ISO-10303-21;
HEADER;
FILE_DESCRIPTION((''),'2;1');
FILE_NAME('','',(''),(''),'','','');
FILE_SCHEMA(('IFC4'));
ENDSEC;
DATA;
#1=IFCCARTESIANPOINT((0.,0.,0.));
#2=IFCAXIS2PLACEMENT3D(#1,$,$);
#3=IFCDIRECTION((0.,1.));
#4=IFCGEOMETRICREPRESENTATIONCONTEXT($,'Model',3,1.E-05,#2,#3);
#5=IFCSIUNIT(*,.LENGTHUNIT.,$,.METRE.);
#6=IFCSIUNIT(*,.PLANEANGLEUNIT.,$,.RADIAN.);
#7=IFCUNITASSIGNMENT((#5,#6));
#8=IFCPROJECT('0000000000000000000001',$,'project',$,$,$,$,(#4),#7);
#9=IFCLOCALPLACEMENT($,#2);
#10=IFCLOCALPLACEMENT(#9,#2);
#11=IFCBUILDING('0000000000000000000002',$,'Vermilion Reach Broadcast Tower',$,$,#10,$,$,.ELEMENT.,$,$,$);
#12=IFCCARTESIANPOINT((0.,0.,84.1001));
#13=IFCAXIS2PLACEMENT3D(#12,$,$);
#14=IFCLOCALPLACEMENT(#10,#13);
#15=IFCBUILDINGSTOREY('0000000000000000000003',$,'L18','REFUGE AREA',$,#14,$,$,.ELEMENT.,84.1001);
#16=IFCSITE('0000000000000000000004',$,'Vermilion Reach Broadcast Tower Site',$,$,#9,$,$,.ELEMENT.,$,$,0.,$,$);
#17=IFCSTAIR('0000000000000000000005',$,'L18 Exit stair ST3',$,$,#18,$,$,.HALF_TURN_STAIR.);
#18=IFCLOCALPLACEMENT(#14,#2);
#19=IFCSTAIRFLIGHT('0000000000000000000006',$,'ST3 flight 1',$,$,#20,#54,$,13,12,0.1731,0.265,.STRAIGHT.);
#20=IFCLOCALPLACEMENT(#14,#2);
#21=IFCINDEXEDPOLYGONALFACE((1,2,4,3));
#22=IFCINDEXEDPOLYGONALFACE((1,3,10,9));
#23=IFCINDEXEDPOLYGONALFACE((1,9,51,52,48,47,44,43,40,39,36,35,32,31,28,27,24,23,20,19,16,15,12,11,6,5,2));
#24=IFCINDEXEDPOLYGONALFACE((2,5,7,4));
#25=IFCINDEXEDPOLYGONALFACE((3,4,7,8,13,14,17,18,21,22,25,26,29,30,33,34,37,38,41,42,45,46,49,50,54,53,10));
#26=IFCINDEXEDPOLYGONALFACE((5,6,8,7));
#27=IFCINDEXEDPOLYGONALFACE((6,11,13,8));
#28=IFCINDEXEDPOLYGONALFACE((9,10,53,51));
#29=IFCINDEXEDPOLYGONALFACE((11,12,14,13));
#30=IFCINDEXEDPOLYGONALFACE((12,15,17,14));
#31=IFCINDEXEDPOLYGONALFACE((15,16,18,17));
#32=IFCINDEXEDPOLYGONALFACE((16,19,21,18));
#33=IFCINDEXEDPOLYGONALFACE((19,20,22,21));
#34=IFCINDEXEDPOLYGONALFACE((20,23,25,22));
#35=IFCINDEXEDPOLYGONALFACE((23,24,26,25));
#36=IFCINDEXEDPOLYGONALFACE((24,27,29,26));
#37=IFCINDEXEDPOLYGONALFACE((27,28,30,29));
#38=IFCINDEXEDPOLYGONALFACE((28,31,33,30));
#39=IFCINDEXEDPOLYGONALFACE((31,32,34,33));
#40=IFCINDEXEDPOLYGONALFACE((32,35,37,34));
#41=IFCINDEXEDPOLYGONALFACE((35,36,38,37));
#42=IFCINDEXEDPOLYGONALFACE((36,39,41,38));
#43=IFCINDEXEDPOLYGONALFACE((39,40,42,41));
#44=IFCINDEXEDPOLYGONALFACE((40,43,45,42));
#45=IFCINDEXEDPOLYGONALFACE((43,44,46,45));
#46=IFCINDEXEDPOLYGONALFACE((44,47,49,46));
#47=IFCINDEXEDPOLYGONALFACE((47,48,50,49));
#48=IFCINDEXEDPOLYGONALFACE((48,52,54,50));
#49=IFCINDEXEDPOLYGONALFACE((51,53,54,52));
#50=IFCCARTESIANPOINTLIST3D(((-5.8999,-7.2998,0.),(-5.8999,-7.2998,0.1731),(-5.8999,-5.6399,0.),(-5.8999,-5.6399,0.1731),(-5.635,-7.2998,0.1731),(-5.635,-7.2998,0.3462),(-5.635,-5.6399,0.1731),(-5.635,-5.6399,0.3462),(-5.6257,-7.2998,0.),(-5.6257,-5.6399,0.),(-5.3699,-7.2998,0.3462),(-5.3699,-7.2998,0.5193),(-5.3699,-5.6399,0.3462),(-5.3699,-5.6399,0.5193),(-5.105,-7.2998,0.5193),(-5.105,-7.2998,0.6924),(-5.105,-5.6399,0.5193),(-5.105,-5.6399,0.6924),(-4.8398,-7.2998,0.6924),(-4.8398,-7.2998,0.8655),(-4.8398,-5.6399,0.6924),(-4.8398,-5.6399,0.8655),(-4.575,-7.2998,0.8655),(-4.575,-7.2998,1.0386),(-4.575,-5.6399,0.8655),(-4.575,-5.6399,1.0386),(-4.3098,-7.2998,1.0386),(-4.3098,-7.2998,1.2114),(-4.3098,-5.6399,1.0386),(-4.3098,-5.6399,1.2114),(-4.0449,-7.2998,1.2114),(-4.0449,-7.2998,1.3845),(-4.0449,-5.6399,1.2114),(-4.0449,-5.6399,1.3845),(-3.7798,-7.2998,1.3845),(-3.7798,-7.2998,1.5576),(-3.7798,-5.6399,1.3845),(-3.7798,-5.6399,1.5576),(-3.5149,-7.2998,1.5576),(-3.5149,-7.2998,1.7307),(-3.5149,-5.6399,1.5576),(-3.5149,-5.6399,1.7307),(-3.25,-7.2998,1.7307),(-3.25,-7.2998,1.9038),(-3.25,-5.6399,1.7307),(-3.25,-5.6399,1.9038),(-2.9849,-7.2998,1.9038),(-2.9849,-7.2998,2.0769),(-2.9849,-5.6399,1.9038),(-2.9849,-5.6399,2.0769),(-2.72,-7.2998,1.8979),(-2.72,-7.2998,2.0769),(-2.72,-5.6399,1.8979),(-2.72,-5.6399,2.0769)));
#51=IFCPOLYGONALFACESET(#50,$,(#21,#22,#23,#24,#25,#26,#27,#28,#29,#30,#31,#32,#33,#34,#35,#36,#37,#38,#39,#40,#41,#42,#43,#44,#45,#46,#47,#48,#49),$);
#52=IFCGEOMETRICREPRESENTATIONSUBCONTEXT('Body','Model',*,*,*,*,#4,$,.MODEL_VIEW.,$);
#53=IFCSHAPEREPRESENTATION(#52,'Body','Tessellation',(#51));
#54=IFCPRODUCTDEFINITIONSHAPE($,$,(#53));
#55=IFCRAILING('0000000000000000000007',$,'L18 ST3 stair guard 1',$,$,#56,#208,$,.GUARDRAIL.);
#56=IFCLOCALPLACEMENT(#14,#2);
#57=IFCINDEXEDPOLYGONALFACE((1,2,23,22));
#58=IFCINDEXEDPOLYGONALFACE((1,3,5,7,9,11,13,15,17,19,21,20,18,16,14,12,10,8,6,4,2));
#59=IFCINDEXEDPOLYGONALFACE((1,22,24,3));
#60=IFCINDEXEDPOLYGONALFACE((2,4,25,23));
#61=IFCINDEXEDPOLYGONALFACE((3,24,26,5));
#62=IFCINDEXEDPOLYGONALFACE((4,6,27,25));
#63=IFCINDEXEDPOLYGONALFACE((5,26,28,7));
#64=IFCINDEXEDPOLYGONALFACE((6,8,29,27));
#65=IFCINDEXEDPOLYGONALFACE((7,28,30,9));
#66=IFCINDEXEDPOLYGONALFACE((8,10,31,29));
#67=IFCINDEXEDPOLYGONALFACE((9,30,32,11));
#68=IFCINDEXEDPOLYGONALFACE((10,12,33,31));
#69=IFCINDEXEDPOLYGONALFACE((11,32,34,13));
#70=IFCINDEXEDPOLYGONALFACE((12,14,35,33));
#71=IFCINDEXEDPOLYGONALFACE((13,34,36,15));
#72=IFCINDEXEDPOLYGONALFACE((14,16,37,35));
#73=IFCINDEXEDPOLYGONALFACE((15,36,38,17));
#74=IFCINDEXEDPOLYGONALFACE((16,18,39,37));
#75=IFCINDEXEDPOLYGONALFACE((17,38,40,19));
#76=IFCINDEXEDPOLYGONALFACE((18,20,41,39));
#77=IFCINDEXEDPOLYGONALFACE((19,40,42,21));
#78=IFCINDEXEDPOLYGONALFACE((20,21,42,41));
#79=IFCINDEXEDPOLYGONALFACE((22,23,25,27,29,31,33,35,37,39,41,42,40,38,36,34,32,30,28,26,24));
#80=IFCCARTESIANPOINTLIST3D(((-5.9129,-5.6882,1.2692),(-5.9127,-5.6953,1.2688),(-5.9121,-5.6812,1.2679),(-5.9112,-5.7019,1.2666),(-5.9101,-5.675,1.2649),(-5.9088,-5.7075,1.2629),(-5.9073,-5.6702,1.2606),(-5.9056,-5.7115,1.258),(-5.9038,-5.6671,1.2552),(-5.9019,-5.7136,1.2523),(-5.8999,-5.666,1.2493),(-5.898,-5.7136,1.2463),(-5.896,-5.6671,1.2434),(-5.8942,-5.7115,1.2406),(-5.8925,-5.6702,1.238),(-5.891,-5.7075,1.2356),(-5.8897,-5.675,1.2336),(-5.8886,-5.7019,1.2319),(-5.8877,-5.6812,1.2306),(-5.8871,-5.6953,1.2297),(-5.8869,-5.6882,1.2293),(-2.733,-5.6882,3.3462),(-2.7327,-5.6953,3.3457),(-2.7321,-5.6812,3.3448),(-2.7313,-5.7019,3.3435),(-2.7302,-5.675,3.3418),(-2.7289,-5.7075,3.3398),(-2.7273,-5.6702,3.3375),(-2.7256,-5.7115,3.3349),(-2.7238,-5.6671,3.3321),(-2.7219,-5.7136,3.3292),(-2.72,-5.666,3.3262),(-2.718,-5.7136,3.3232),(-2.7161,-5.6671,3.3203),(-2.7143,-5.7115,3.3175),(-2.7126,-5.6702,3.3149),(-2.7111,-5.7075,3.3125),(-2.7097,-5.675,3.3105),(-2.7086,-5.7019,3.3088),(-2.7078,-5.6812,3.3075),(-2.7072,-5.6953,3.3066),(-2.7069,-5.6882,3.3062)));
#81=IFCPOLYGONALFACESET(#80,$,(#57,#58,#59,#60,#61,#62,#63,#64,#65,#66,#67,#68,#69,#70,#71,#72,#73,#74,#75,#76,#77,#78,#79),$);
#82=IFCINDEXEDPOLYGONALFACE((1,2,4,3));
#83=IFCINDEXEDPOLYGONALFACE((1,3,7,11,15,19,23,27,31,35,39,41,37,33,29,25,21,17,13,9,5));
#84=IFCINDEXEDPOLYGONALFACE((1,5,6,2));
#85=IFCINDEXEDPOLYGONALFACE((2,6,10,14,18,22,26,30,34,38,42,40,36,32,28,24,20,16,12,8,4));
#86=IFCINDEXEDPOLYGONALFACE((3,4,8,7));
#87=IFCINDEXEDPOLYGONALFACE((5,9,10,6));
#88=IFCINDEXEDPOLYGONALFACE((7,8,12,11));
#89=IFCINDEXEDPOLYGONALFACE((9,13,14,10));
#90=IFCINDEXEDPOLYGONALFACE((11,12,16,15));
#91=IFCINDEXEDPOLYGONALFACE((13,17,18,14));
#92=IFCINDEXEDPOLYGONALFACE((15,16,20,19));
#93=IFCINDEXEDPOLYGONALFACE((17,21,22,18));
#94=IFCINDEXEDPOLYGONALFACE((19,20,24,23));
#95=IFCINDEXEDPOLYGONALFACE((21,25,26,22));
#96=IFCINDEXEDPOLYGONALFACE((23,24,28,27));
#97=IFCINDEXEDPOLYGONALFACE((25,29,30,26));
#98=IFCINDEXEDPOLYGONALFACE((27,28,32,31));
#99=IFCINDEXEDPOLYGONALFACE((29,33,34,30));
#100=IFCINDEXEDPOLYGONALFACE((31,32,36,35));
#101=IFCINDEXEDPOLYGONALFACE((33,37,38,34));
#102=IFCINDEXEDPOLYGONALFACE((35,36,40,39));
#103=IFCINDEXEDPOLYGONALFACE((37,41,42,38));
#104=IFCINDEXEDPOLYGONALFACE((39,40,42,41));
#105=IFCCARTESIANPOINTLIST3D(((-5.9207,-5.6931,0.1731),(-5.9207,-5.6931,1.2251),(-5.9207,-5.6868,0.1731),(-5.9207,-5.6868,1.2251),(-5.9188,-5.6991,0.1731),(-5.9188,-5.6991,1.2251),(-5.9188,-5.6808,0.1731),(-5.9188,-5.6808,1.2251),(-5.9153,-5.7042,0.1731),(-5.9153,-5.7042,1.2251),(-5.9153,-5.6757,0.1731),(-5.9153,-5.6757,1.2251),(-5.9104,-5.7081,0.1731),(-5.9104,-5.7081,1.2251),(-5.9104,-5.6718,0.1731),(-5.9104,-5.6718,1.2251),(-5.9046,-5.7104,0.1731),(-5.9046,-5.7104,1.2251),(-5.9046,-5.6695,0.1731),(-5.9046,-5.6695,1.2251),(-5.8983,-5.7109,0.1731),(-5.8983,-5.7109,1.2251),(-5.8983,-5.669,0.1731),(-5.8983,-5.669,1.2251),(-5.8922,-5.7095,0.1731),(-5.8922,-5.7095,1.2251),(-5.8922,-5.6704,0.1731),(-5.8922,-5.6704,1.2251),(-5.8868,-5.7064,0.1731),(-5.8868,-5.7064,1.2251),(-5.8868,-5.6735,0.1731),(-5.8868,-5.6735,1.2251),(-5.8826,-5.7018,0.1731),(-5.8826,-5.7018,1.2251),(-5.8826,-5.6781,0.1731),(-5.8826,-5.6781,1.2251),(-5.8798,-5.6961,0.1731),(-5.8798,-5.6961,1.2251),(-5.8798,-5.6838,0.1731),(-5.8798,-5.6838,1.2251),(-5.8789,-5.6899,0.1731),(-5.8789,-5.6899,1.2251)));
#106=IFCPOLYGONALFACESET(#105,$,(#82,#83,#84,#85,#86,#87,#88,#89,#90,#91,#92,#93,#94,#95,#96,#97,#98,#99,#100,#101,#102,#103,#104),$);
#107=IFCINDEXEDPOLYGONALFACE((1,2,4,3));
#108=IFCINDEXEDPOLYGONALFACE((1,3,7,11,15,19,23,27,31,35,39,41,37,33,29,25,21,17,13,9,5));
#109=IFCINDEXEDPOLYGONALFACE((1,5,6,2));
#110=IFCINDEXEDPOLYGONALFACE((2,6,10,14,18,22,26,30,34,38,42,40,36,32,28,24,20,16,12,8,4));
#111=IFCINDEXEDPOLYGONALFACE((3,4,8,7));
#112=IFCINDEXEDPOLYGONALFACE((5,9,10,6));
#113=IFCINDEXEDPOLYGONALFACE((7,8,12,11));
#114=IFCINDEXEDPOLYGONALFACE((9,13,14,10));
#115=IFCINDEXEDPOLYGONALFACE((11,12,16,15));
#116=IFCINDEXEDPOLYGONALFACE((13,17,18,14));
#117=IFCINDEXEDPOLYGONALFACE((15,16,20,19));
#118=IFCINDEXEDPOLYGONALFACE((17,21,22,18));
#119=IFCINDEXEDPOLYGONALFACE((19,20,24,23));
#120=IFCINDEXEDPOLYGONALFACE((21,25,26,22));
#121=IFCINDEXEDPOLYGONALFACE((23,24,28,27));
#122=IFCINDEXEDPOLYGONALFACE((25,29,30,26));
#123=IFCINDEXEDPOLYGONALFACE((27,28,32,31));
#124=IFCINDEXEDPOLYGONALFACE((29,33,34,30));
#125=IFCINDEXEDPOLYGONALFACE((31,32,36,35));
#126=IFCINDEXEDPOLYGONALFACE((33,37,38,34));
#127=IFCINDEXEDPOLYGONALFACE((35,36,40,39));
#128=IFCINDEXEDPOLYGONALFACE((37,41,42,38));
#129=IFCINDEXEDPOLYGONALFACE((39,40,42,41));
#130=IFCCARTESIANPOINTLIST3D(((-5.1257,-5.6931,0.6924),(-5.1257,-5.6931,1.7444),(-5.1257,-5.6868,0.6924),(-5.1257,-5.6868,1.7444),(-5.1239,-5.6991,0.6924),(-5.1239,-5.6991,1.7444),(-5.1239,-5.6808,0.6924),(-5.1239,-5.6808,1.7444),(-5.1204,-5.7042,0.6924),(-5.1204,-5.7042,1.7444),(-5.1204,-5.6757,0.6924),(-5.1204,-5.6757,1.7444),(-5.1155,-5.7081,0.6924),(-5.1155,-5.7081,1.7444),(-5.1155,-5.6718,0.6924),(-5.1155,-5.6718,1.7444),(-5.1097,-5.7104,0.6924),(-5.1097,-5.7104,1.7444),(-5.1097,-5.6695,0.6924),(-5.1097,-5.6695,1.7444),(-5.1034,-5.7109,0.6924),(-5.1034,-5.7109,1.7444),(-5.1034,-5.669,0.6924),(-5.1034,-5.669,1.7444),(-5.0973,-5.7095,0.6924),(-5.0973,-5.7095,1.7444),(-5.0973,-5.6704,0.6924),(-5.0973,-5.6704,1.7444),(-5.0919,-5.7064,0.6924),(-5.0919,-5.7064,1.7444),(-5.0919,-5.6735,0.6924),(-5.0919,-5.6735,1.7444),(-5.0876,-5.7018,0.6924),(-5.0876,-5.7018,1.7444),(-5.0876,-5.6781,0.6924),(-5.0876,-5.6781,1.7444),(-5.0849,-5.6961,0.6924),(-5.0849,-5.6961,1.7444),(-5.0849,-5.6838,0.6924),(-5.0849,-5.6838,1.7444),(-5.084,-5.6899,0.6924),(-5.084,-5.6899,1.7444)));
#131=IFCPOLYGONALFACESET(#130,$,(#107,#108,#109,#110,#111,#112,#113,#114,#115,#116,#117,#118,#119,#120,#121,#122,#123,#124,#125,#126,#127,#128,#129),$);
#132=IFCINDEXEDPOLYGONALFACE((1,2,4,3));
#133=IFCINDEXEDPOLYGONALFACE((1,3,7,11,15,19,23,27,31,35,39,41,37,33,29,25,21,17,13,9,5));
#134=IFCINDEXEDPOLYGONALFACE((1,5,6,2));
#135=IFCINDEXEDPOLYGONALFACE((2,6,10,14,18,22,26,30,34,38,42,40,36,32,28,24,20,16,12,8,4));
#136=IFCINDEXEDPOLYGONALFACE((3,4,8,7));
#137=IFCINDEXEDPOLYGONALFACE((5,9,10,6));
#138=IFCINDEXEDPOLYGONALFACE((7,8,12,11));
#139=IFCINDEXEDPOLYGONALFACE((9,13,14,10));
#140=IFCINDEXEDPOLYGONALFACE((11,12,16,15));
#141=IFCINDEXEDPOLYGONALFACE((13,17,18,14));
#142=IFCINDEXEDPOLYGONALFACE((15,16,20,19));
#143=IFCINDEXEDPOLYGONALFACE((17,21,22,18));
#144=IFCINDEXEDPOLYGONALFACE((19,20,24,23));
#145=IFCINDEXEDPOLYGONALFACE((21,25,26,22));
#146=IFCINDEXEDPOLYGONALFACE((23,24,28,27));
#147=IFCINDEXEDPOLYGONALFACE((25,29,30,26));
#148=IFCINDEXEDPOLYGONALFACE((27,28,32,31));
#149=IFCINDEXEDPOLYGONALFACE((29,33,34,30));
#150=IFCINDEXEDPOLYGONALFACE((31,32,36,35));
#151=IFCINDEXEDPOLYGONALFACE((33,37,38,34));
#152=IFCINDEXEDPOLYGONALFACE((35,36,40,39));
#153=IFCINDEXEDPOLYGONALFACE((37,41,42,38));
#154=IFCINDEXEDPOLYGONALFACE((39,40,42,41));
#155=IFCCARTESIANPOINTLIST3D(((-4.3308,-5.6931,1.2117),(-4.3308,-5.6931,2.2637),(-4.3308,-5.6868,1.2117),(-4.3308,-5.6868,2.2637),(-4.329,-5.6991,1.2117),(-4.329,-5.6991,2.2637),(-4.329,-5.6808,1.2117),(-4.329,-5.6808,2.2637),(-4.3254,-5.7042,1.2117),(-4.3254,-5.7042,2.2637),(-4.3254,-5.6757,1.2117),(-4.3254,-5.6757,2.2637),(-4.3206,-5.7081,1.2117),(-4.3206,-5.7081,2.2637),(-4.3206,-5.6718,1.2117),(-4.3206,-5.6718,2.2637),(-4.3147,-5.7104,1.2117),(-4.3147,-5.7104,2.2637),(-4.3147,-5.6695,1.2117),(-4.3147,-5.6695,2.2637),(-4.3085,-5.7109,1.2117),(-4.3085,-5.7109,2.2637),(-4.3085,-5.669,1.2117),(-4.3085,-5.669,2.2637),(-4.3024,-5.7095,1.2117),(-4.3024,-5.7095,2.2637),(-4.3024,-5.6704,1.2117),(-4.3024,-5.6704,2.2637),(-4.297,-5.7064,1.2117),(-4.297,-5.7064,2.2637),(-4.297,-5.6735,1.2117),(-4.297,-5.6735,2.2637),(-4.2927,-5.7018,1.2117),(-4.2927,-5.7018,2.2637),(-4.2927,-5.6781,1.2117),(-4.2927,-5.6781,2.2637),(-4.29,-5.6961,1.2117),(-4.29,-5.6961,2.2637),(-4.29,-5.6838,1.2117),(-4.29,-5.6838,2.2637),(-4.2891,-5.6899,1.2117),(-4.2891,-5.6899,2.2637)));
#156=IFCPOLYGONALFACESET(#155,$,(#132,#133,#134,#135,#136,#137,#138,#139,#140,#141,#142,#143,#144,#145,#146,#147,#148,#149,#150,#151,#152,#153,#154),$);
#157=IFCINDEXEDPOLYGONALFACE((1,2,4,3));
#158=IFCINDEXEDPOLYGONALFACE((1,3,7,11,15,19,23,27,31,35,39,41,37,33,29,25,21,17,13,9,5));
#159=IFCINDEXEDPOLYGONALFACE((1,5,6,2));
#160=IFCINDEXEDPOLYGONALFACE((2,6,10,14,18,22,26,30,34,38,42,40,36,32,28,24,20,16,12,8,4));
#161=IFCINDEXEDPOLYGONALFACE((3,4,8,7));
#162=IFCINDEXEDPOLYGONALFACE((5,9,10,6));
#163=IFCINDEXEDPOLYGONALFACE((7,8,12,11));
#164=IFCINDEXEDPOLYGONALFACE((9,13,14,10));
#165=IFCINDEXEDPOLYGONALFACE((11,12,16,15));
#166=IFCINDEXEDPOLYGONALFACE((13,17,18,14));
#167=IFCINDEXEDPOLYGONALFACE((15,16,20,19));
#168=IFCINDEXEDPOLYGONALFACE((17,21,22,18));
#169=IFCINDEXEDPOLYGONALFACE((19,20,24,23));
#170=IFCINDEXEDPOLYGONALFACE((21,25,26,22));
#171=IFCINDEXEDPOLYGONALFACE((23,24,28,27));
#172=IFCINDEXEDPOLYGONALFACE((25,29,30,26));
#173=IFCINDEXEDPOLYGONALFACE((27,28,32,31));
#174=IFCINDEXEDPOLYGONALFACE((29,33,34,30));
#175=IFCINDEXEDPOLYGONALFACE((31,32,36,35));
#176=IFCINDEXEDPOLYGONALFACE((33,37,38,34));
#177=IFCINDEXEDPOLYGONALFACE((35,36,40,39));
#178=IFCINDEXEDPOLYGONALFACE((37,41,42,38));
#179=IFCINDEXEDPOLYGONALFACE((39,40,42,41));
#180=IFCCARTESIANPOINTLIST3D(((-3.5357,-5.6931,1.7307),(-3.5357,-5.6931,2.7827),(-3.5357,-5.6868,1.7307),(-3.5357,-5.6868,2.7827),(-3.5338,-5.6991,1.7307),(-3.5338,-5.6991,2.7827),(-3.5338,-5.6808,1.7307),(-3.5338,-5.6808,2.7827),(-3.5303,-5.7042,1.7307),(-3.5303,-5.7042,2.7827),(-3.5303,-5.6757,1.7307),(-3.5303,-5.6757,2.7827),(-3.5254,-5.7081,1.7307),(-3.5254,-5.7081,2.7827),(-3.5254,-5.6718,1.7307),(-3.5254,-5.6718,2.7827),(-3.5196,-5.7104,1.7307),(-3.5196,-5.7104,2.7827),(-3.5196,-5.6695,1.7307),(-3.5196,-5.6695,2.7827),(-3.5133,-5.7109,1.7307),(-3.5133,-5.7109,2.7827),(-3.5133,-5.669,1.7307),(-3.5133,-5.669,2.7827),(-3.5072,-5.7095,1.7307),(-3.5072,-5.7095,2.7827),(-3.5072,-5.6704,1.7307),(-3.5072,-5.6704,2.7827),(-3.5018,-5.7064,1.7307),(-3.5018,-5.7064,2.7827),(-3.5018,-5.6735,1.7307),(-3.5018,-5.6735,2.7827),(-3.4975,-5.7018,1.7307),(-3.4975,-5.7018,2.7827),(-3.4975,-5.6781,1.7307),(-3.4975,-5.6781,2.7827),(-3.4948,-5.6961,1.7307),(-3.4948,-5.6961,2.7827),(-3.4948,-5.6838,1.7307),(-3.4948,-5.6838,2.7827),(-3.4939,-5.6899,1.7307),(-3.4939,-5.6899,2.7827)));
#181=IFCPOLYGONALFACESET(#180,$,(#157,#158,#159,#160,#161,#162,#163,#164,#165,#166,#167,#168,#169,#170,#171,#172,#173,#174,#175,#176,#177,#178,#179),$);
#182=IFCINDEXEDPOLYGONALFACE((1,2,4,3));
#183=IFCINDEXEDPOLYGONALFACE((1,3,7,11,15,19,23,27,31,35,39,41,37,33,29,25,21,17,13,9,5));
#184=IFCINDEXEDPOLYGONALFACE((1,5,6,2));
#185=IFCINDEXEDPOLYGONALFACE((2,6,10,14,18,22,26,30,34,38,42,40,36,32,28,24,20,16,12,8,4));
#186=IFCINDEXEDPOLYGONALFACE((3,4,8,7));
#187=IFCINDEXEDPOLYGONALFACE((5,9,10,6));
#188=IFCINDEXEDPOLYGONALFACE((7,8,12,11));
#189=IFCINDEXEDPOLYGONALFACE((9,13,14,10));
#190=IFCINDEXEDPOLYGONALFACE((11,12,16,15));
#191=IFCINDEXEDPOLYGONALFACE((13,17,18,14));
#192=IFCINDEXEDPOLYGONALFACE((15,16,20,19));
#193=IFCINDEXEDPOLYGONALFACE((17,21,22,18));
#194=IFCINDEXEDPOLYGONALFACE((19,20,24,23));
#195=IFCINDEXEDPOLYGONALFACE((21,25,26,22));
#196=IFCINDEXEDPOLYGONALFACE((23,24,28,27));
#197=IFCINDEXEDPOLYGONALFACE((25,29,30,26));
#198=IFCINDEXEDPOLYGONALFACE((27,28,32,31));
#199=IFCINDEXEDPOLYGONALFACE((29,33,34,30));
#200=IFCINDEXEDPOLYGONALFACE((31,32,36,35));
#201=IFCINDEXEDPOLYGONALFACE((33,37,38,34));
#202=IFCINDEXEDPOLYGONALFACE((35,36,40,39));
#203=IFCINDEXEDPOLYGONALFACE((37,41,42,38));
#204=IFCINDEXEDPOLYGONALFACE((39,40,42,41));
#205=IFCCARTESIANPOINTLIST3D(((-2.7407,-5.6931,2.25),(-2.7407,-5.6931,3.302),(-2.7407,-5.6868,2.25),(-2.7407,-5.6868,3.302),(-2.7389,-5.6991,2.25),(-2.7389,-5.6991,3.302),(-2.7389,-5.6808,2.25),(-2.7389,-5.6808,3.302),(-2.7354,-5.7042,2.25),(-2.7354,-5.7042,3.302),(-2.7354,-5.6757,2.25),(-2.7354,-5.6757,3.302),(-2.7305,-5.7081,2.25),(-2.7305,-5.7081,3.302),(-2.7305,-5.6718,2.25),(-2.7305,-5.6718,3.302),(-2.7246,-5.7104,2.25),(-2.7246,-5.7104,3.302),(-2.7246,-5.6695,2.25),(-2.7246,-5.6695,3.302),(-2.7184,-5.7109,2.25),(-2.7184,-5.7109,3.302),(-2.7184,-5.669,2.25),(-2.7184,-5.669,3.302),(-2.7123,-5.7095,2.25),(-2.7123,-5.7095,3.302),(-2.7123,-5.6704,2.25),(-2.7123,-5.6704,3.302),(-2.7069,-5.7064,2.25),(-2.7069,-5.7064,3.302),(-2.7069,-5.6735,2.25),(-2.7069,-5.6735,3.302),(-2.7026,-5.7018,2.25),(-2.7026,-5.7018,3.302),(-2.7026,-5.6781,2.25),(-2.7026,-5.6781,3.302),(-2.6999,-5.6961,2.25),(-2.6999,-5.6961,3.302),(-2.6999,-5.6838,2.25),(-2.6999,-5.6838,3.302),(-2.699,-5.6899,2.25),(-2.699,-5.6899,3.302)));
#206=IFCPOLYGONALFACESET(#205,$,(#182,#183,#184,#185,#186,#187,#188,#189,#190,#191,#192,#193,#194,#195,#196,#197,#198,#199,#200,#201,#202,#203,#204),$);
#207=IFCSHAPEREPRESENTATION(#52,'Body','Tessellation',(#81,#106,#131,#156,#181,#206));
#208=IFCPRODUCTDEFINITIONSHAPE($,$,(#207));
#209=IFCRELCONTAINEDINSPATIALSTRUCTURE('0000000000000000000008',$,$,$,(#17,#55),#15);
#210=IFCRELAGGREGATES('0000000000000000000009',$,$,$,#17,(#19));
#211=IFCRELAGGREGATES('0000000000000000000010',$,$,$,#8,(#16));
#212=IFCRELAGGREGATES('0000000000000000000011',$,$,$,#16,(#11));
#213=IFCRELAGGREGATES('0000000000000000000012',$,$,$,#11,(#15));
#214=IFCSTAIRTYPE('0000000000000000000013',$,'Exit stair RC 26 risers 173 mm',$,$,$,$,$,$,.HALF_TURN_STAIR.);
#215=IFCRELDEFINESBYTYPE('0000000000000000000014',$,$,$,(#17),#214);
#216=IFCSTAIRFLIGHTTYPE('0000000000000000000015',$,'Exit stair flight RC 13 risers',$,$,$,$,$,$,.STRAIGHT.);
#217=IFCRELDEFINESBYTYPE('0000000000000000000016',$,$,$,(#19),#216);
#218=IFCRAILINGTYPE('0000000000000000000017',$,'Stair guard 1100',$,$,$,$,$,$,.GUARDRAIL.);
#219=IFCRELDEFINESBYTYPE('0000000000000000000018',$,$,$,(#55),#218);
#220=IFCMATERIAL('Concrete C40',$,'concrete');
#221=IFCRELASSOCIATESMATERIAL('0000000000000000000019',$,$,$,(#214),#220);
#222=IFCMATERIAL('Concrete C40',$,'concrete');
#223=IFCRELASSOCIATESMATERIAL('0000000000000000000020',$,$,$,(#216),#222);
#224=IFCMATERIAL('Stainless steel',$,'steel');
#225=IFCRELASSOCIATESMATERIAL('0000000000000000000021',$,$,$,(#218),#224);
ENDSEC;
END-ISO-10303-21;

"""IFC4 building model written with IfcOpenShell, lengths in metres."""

from ifc_helpers import new_model, si_unit, direction, frame, origin, origin_2d, place, context, subcontext, project, spatial, polyline, circle, outline, extrude, material, type_object, element, aggregate, save


model = new_model("IFC4")

# Units and contexts
model_context = context("Model", 3, precision=1e-05, world=origin(), true_north=direction((0.0, 1.0)))
body_context = subcontext(model_context, "Body", "Model", "MODEL_VIEW")
ifc_project = project(units=[si_unit("LENGTHUNIT", "METRE"), si_unit("PLANEANGLEUNIT", "RADIAN")], contexts=[model_context])

# Site, building, storey
site_placement = place(None, origin())
site = spatial("IfcSite", under=ifc_project, at=site_placement, Name="Vermilion Reach Broadcast Tower Site", CompositionType="ELEMENT", RefElevation=0.0)
building_placement = place(site_placement, origin())
building = spatial("IfcBuilding", under=site, at=building_placement, Name="Vermilion Reach Broadcast Tower", CompositionType="ELEMENT")
storey_placement = place(building_placement, frame((0.0, 0.0, 84.1001)))
storey = spatial("IfcBuildingStorey", under=building, at=storey_placement, Name="L18", Description="REFUGE AREA", CompositionType="ELEMENT", Elevation=84.1001)

# Stair, stair flight
ifc_material_1 = material(Name="Concrete C40", Category="concrete")
stair_type = type_object("IfcStairType", Name="Exit stair RC 26 risers 173 mm", PredefinedType="HALF_TURN_STAIR", material=ifc_material_1)
stair_placement = place(storey_placement, origin())
stair = element("IfcStair", 1, at=stair_placement, inside=storey, type_object=stair_type, Name="L18 Exit stair ST3", PredefinedType="HALF_TURN_STAIR")
ifc_material_2 = material(Name="Concrete C40", Category="concrete")
stair_flight_type = type_object("IfcStairFlightType", Name="Exit stair flight RC 13 risers", PredefinedType="STRAIGHT", material=ifc_material_2)
stair_flight_placement = place(storey_placement, frame((-5.8999, -6.47, 0.0), z_axis=(0.0, 0.0, 1.0), x_axis=(1.0, 0.0, 0.0)))
stair_flight = element("IfcStairFlight", 2, at=stair_flight_placement, type_object=stair_flight_type, Name="ST3 flight 1", NumberOfRisers=13, NumberOfTreads=12, PredefinedType="STRAIGHT", RiserHeight=0.1731, TreadLength=0.265, context=body_context, shape_type="SweptSolid", body=[
    extrude(outline(polyline([(0.0, 0.0), (0.0, 0.1731), (0.2649, 0.1731), (0.2649, 0.3462), (0.53, 0.3462), (0.53, 0.5193), (0.7949, 0.5193), (0.7949, 0.6924), (1.0601, 0.6924), (1.0601, 0.8655), (1.325, 0.8655), (1.325, 1.0386), (1.5901, 1.0386), (1.5901, 1.2114), (1.855, 1.2114), (1.855, 1.3845), (2.1201, 1.3845), (2.1201, 1.5576), (2.385, 1.5576), (2.385, 1.7307), (2.6499, 1.7307), (2.6499, 1.9038), (2.915, 1.9038), (2.915, 2.0769), (3.1799, 2.0769), (3.1799, 2.25), (3.1799, 1.8979), (0.2742, 0.0), (0.0, 0.0)])), frame((0.0, 0.8301, 0.0), z_axis=(0.0, -1.0, 0.0), x_axis=(1.0, 0.0, 0.0)), (0.0, 0.0, 1.0), 1.6599),
])
aggregate(stair, [stair_flight])

# Railing
ifc_material_3 = material(Name="Stainless steel", Category="steel")
railing_type = type_object("IfcRailingType", Name="Stair guard 1100", PredefinedType="GUARDRAIL", material=ifc_material_3)
railing_placement = place(storey_placement, frame((-5.8999, -5.6899, 0.1731)))
element("IfcRailing", 3, at=railing_placement, inside=storey, type_object=railing_type, Name="L18 ST3 stair guard 1", PredefinedType="GUARDRAIL", context=body_context, shape_type="SweptSolid", body=[
    extrude(circle(Radius=0.0239, at=origin_2d()), frame((0.0, 0.0, 1.0762), z_axis=(0.837245, 0.0, 0.546828), x_axis=(0.0, 1.0, 0.0)), (0.0, 0.0, 1.0), 3.7981),
    extrude(circle(Radius=0.021, at=origin_2d()), origin(), (0.0, 0.0, 1.0), 1.052),
    extrude(circle(Radius=0.021, at=origin_2d()), frame((0.7949, 0.0, 0.5193)), (0.0, 0.0, 1.0), 1.052),
    extrude(circle(Radius=0.021, at=origin_2d()), frame((1.5898, 0.0, 1.0386)), (0.0, 0.0, 1.0), 1.052),
    extrude(circle(Radius=0.021, at=origin_2d()), frame((2.385, 0.0, 1.5576)), (0.0, 0.0, 1.0), 1.052),
    extrude(circle(Radius=0.021, at=origin_2d()), frame((3.1799, 0.0, 2.0769)), (0.0, 0.0, 1.0), 1.052),
])

save(model, "model.ifc")
